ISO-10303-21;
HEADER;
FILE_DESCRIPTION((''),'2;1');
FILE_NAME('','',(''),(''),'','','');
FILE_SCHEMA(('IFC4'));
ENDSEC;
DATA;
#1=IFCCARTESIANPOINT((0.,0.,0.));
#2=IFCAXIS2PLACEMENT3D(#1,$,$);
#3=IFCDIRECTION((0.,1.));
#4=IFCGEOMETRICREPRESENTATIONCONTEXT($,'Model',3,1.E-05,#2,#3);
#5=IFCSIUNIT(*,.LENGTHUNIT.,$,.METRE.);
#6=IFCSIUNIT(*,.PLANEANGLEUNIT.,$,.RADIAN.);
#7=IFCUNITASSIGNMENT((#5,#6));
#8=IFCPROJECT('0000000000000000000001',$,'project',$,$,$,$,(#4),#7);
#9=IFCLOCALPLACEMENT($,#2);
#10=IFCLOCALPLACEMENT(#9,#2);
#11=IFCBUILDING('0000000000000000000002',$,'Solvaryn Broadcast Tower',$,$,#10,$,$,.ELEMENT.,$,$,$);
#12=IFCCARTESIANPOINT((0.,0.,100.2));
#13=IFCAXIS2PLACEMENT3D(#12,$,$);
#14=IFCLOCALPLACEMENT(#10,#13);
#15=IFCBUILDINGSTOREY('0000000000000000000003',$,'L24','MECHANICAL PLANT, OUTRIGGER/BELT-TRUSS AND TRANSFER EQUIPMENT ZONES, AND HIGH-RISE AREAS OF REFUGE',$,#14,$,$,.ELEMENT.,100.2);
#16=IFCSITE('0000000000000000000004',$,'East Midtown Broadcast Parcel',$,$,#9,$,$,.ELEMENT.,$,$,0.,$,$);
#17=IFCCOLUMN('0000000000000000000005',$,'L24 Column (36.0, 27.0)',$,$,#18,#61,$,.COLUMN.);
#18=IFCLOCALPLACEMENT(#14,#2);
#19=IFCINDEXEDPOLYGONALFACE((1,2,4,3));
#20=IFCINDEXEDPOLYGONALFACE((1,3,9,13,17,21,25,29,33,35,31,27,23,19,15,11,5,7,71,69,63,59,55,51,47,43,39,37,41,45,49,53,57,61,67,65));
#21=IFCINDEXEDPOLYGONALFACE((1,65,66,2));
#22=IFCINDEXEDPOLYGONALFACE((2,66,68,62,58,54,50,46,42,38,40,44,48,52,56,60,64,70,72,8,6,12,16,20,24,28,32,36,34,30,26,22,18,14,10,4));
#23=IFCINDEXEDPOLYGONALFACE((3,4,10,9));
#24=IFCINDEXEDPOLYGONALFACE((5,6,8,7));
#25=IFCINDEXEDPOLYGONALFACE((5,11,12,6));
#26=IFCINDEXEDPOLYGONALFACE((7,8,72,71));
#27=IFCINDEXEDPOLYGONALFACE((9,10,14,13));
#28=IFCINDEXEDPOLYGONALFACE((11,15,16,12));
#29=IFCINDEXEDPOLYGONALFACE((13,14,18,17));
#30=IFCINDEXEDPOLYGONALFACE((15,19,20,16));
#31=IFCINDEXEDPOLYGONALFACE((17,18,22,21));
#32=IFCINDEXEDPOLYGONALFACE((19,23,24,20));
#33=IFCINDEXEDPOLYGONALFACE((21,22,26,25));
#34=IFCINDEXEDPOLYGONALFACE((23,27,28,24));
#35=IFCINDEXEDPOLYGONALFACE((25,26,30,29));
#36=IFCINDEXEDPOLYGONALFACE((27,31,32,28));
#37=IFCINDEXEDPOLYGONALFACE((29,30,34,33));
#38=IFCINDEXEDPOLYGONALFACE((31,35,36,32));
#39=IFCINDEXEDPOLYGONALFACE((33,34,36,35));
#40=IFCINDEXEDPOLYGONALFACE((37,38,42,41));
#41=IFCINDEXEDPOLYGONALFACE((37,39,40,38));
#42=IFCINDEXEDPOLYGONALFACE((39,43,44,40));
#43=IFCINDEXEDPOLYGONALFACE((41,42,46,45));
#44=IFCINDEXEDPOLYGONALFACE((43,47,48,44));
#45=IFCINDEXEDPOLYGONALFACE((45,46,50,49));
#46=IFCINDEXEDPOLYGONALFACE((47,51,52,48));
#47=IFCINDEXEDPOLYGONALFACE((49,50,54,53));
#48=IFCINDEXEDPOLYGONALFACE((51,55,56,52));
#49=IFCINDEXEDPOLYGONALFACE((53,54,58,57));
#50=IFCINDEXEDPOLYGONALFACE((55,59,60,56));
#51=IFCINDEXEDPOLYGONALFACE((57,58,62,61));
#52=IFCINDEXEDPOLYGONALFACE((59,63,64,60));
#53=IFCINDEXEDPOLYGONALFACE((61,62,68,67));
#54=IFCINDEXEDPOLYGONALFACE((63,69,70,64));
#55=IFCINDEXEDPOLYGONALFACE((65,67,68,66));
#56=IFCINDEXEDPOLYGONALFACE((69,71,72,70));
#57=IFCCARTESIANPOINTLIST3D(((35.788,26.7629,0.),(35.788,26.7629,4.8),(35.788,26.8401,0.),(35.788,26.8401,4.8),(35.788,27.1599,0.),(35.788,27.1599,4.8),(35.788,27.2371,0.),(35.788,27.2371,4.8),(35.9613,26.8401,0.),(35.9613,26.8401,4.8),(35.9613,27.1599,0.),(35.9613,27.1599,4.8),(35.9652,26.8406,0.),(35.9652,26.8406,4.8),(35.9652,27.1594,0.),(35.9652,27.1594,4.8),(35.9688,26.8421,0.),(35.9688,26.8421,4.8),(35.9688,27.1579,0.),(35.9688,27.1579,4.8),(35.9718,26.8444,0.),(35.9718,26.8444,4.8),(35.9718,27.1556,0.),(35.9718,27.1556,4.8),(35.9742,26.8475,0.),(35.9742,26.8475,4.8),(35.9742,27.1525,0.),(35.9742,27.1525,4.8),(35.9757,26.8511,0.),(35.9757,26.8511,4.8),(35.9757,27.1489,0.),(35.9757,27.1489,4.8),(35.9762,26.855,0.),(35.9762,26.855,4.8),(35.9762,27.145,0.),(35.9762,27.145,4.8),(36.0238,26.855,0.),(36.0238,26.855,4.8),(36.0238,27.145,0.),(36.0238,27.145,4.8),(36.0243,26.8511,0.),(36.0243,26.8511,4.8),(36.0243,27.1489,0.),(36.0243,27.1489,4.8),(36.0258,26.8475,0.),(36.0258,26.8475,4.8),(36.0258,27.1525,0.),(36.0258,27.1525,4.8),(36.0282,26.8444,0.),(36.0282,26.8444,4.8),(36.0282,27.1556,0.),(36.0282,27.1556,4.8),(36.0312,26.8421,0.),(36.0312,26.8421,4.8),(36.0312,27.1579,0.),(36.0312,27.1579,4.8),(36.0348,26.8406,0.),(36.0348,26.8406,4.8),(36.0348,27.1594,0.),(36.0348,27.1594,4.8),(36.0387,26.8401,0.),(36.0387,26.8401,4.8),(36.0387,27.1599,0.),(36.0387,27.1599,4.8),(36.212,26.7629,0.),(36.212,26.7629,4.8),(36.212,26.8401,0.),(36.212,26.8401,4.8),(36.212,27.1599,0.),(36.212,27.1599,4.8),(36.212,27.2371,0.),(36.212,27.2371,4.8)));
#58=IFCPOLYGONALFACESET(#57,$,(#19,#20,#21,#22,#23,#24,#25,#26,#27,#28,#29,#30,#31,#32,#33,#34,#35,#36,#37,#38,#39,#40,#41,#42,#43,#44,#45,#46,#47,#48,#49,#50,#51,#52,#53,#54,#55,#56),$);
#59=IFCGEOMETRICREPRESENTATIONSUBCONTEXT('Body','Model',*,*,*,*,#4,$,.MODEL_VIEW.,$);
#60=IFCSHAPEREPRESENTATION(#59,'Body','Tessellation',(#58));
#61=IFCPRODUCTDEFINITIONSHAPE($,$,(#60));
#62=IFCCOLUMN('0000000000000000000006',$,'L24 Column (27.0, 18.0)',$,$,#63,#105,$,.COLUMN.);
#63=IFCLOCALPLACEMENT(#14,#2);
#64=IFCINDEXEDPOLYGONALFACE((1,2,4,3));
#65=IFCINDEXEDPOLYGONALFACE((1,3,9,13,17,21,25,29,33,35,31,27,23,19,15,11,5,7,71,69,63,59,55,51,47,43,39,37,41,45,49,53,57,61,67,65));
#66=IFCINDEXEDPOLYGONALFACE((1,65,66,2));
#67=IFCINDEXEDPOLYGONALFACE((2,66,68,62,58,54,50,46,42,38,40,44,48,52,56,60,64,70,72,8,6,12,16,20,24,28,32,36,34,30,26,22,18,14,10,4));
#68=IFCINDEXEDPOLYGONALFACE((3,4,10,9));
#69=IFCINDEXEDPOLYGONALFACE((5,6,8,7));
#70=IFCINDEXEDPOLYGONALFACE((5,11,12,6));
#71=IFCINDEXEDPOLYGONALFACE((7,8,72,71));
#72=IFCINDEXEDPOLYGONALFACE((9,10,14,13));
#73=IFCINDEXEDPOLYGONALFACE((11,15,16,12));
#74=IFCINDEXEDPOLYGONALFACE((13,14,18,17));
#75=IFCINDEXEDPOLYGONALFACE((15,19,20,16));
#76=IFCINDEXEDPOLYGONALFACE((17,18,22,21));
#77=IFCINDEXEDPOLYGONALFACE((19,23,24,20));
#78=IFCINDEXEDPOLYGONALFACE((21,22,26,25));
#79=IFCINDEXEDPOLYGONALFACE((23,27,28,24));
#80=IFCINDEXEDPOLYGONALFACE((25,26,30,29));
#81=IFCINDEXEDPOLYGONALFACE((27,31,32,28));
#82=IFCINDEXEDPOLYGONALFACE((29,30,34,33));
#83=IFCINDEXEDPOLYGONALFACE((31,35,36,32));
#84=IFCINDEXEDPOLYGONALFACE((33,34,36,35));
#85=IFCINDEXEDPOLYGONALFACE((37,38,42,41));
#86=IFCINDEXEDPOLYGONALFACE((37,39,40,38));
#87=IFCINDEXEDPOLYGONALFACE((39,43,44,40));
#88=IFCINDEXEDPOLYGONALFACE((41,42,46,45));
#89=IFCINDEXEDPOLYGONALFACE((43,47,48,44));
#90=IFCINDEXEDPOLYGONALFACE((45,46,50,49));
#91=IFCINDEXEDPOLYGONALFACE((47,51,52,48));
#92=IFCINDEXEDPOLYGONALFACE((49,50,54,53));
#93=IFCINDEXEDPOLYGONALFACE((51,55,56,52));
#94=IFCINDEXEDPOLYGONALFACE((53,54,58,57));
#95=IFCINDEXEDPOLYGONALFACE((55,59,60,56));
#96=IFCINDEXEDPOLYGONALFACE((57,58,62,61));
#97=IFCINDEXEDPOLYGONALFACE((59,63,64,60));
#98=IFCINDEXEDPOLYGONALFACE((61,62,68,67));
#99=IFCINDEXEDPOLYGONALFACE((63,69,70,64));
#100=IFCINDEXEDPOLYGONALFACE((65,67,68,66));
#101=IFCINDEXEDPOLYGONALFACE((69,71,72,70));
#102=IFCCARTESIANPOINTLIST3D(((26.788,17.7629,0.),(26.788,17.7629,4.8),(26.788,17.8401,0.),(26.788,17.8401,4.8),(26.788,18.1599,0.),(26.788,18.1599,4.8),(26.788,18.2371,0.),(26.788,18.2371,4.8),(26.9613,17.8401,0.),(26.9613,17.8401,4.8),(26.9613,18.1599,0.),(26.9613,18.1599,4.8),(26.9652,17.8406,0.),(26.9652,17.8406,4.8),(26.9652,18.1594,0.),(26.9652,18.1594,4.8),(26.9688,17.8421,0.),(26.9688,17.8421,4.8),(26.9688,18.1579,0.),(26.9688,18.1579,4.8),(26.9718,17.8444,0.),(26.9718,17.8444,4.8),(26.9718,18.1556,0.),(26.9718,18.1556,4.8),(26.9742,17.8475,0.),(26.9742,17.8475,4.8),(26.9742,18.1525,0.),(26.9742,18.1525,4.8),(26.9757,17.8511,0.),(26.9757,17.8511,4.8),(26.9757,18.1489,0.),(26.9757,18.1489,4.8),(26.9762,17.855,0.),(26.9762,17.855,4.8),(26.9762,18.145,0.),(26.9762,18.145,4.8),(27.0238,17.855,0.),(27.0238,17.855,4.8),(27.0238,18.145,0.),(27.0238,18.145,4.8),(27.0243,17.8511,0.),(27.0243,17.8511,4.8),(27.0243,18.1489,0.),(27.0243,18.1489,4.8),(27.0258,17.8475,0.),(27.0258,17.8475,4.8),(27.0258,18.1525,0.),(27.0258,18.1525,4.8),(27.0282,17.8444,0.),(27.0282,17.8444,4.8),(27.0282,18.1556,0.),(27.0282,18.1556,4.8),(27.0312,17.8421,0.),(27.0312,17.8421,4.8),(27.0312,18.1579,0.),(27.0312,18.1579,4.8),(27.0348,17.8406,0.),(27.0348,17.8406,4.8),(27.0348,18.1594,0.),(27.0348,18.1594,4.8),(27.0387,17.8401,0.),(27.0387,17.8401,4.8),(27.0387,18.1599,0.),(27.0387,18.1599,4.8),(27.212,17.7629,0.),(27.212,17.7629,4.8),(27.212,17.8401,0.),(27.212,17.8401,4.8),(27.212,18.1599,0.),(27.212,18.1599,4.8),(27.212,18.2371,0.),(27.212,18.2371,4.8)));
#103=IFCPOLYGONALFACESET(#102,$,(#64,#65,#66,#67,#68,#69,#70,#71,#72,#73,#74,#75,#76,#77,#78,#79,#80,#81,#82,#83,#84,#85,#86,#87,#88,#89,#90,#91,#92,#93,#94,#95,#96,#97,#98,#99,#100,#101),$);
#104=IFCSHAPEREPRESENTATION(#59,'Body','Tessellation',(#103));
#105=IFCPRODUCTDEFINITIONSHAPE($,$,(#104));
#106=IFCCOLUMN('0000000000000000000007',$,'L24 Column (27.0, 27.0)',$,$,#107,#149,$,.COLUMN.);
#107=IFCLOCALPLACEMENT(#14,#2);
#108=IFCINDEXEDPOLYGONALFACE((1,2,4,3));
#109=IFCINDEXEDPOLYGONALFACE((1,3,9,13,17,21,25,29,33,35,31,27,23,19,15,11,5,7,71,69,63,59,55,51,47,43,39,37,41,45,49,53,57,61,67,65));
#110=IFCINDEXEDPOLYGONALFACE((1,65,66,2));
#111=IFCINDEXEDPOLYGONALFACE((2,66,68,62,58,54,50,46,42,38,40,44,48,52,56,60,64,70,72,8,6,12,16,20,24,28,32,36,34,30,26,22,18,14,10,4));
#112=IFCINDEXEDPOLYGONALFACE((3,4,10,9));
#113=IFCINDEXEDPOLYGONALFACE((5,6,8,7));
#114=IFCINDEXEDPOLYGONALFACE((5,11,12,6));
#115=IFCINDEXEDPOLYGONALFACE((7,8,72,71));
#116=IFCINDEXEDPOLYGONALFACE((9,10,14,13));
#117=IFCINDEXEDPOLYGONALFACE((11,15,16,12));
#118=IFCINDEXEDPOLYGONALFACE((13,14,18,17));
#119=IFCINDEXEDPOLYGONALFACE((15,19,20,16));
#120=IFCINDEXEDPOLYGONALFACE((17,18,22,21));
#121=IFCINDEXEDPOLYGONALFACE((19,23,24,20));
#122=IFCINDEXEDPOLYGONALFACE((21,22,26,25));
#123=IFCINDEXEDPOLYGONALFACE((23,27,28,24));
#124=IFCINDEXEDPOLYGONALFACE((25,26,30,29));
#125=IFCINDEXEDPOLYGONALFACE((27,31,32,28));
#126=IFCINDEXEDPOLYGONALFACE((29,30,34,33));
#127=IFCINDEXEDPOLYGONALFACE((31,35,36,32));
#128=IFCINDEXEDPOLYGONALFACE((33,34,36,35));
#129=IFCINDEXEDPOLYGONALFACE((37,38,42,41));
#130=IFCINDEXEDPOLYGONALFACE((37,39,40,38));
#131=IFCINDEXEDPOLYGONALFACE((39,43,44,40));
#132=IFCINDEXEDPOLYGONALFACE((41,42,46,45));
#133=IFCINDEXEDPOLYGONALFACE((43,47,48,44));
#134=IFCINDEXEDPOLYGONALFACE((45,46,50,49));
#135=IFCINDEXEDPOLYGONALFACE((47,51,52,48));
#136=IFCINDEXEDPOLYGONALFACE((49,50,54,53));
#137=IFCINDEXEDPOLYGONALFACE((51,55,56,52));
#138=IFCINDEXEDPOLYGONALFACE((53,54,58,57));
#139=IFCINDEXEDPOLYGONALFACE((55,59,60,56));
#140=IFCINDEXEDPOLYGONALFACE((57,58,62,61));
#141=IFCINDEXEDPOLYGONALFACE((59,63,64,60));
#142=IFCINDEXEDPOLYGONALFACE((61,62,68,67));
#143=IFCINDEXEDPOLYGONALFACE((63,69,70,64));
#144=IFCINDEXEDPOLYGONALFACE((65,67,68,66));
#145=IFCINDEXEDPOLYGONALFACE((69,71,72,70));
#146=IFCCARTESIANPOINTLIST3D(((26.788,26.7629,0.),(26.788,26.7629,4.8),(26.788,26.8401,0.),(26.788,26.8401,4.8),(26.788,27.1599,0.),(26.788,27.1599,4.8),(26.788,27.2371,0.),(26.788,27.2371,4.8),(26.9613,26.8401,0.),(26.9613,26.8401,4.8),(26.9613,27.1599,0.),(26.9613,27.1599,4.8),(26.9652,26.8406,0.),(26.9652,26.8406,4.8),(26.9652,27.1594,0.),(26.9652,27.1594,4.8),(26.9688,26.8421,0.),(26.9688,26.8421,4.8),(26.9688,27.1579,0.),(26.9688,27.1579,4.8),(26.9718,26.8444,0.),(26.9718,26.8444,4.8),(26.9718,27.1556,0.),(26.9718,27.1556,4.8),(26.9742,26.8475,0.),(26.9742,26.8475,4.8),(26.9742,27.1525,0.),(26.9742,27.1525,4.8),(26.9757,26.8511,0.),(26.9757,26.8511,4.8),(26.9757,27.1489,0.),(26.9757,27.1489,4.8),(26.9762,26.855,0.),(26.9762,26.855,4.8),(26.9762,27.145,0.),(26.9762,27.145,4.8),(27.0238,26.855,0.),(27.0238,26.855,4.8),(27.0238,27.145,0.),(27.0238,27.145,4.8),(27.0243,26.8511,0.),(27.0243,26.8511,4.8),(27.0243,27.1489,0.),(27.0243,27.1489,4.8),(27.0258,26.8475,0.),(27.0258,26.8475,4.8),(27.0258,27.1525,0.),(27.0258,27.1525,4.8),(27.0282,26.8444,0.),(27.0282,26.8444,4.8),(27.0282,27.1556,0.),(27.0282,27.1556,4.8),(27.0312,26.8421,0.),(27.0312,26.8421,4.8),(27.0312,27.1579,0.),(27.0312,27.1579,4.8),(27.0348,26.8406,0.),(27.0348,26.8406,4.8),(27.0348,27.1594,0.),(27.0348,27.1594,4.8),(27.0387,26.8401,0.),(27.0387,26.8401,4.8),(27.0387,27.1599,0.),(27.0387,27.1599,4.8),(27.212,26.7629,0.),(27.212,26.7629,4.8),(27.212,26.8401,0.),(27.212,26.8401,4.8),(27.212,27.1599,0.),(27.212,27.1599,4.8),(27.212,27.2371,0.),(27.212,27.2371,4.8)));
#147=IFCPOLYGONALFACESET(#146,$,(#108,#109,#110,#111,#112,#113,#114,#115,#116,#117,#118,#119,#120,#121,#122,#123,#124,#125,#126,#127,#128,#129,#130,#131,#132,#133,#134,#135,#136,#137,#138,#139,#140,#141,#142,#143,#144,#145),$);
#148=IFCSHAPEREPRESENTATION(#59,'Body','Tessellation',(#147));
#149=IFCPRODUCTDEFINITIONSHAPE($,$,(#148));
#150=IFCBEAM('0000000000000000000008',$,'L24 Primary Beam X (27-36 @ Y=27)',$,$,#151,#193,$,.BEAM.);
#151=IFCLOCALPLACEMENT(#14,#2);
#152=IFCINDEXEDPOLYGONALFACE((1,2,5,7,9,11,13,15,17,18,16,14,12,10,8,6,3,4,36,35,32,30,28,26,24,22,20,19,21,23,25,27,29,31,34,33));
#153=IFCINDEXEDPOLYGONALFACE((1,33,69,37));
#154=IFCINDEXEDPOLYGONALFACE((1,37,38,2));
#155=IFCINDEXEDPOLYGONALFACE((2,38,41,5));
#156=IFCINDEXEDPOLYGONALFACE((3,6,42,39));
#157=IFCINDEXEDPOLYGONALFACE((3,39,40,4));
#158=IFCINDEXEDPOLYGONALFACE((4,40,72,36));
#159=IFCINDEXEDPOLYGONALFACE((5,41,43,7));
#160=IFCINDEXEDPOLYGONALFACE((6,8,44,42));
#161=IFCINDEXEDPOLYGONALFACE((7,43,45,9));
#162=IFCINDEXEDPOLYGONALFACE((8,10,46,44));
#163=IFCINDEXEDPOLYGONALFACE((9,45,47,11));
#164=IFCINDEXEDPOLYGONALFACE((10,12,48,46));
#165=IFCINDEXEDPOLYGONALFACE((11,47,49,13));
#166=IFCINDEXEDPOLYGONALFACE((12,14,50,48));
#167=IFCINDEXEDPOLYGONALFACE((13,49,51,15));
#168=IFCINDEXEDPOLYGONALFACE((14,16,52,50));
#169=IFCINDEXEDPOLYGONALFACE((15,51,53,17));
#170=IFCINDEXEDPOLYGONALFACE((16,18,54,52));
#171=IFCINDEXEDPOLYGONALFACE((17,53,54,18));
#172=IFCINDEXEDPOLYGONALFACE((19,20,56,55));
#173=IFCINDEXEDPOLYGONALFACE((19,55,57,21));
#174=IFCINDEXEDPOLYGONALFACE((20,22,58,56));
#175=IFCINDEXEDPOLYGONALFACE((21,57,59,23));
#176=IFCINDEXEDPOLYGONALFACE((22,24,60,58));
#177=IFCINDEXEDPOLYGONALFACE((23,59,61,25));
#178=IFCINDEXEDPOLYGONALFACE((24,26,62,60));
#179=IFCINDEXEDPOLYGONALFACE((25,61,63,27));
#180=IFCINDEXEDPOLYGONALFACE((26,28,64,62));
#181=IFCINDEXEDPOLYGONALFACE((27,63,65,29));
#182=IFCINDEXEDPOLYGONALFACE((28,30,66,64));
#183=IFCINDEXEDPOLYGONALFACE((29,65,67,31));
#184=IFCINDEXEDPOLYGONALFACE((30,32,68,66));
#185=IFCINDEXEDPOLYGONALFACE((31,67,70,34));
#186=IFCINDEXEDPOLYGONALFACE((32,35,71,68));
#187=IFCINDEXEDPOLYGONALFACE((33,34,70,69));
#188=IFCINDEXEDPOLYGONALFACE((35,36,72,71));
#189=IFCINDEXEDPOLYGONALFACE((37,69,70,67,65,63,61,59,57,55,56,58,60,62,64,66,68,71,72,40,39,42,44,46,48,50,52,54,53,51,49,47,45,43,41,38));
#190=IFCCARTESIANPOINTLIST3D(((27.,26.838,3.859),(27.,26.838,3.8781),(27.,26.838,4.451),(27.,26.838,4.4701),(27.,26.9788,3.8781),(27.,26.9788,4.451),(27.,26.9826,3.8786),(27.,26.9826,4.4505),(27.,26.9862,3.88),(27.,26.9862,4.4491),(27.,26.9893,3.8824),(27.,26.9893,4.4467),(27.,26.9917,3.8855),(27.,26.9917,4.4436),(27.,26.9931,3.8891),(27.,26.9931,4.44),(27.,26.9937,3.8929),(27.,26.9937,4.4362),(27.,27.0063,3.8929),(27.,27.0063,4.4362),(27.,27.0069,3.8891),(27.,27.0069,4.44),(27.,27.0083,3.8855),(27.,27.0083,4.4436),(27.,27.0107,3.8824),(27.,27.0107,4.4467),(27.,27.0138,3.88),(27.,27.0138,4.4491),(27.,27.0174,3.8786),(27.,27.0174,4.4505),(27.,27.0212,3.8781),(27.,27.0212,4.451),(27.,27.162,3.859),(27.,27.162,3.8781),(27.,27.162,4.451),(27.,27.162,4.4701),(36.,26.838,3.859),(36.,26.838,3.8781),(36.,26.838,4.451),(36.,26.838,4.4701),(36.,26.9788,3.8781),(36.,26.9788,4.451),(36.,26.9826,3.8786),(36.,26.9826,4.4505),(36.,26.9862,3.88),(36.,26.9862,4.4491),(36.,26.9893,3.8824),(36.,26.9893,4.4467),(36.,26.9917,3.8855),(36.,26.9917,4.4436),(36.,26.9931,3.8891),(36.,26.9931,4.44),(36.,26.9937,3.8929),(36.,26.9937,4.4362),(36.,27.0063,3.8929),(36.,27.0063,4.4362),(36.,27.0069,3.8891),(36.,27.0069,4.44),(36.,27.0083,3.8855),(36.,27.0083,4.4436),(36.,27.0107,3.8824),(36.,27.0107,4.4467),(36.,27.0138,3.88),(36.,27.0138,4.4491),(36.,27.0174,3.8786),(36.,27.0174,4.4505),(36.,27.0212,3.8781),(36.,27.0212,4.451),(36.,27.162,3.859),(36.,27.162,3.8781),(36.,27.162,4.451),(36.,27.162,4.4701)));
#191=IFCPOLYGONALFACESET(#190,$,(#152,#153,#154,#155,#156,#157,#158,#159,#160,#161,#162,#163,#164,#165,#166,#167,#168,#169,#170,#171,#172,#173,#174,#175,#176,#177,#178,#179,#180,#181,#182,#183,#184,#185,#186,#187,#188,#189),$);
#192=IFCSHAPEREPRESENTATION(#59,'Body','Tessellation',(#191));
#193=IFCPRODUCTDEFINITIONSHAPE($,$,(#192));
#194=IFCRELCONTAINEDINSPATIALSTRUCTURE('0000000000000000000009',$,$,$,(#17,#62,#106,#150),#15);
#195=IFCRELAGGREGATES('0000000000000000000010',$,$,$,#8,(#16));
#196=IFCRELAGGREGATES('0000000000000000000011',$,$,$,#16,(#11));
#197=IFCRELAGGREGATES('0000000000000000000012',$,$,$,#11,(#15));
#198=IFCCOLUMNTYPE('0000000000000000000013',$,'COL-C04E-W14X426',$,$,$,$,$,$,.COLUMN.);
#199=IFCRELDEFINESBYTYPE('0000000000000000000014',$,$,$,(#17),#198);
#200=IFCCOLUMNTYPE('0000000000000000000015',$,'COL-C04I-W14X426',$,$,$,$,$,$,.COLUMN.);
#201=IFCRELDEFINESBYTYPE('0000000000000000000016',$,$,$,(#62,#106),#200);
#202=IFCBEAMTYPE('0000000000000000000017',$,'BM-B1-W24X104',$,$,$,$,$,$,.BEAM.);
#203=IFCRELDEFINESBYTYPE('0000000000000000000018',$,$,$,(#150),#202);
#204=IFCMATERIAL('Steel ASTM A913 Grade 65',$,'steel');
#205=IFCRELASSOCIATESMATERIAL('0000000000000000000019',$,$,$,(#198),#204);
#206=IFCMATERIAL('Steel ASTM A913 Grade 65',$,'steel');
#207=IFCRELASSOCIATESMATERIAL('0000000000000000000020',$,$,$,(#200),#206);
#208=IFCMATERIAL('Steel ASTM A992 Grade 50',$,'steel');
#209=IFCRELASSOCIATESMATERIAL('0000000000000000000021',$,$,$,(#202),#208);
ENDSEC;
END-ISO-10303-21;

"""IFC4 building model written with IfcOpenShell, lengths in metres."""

from ifc_helpers import new_model, si_unit, direction, frame, origin, origin_2d, place, context, subcontext, project, spatial, i_section, extrude, material, material_profile, profile_set, type_object, element, save


model = new_model("IFC4")

# Units and contexts
model_context = context("Model", 3, precision=1e-05, world=origin(), true_north=direction((0.0, 1.0)))
body_context = subcontext(model_context, "Body", "Model", "MODEL_VIEW")
ifc_project = project(units=[si_unit("LENGTHUNIT", "METRE"), si_unit("PLANEANGLEUNIT", "RADIAN")], contexts=[model_context])

# Site, building, storey
site_placement = place(None, origin())
site = spatial("IfcSite", under=ifc_project, at=site_placement, Name="East Midtown Broadcast Parcel", CompositionType="ELEMENT", RefElevation=0.0)
building_placement = place(site_placement, origin())
building = spatial("IfcBuilding", under=site, at=building_placement, Name="Solvaryn Broadcast Tower", CompositionType="ELEMENT")
storey_placement = place(building_placement, frame((0.0, 0.0, 100.2)))
storey = spatial("IfcBuildingStorey", under=building, at=storey_placement, Name="L24", Description="MECHANICAL PLANT, OUTRIGGER/BELT-TRUSS AND TRANSFER EQUIPMENT ZONES, AND HIGH-RISE AREAS OF REFUGE", CompositionType="ELEMENT", Elevation=100.2)

# Columns
ifc_material_1 = material(Name="Steel ASTM A913 Grade 65", Category="steel")
ifc_material_profile_1 = material_profile(ifc_material_1, i_section(OverallWidth=0.4241, OverallDepth=0.4741, WebThickness=0.0476, FlangeThickness=0.0771, FilletRadius=0.0149, at=origin_2d()))
ifc_profile_set_1 = profile_set([ifc_material_profile_1], Name="Steel ASTM A913 Grade 65")
column_type_1 = type_object("IfcColumnType", Name="COL-C04E-W14X426", PredefinedType="COLUMN", material=ifc_profile_set_1)
column_placement = place(storey_placement, frame((36.0, 27.0, 0.0), z_axis=(0.0, 0.0, 1.0), x_axis=(1.0, 0.0, 0.0)))
element("IfcColumn", 1, at=column_placement, inside=storey, type_object=column_type_1, Name="L24 Column (36.0, 27.0)", PredefinedType="COLUMN", context=body_context, shape_type="SweptSolid", body=[
    extrude(i_section(OverallWidth=0.4241, OverallDepth=0.4741, WebThickness=0.0476, FlangeThickness=0.0771, FilletRadius=0.0149, at=origin_2d()), origin(), (0.0, 0.0, 1.0), 4.8),
])
ifc_material_2 = material(Name="Steel ASTM A913 Grade 65", Category="steel")
ifc_material_profile_2 = material_profile(ifc_material_2, i_section(OverallWidth=0.4241, OverallDepth=0.4741, WebThickness=0.0476, FlangeThickness=0.0771, FilletRadius=0.0149, at=origin_2d()))
ifc_profile_set_2 = profile_set([ifc_material_profile_2], Name="Steel ASTM A913 Grade 65")
column_type_2 = type_object("IfcColumnType", Name="COL-C04I-W14X426", PredefinedType="COLUMN", material=ifc_profile_set_2)
for number, where, z_axis, x_axis, name in (
    (2, (27.0, 18.0, 0.0), (0.0, 0.0, 1.0), (1.0, 0.0, 0.0), "L24 Column (27.0, 18.0)"),
    (3, (27.0, 27.0, 0.0), (0.0, 0.0, 1.0), (1.0, 0.0, 0.0), "L24 Column (27.0, 27.0)"),
):
    element("IfcColumn", number, at=place(storey_placement, frame(where, z_axis=z_axis, x_axis=x_axis)), inside=storey, type_object=column_type_2, Name=name, PredefinedType="COLUMN", context=body_context, shape_type="SweptSolid", body=[
        extrude(i_section(OverallWidth=0.4241, OverallDepth=0.4741, WebThickness=0.0476, FlangeThickness=0.0771, FilletRadius=0.0149, at=origin_2d()), origin(), (0.0, 0.0, 1.0), 4.8),
    ])

# Beam
ifc_material_3 = material(Name="Steel ASTM A992 Grade 50", Category="steel")
ifc_material_profile_3 = material_profile(ifc_material_3, i_section(OverallWidth=0.324, OverallDepth=0.6111, WebThickness=0.0127, FlangeThickness=0.019, FilletRadius=0.0149, at=origin_2d()))
ifc_profile_set_3 = profile_set([ifc_material_profile_3], Name="Steel ASTM A992 Grade 50")
beam_type_1 = type_object("IfcBeamType", Name="BM-B1-W24X104", PredefinedType="BEAM", material=ifc_profile_set_3)
beam_1_placement = place(storey_placement, frame((27.0, 27.0, 4.1646), z_axis=(1.0, 0.0, 0.0), x_axis=(0.0, 1.0, 0.0)))
element("IfcBeam", 4, at=beam_1_placement, inside=storey, type_object=beam_type_1, Name="L24 Primary Beam X (27-36 @ Y=27)", PredefinedType="BEAM", context=body_context, shape_type="SweptSolid", body=[
    extrude(i_section(OverallWidth=0.324, OverallDepth=0.6111, WebThickness=0.0127, FlangeThickness=0.019, FilletRadius=0.0149, at=origin_2d()), origin(), (0.0, 0.0, 1.0), 9.0),
])

save(model, "model.ifc")
